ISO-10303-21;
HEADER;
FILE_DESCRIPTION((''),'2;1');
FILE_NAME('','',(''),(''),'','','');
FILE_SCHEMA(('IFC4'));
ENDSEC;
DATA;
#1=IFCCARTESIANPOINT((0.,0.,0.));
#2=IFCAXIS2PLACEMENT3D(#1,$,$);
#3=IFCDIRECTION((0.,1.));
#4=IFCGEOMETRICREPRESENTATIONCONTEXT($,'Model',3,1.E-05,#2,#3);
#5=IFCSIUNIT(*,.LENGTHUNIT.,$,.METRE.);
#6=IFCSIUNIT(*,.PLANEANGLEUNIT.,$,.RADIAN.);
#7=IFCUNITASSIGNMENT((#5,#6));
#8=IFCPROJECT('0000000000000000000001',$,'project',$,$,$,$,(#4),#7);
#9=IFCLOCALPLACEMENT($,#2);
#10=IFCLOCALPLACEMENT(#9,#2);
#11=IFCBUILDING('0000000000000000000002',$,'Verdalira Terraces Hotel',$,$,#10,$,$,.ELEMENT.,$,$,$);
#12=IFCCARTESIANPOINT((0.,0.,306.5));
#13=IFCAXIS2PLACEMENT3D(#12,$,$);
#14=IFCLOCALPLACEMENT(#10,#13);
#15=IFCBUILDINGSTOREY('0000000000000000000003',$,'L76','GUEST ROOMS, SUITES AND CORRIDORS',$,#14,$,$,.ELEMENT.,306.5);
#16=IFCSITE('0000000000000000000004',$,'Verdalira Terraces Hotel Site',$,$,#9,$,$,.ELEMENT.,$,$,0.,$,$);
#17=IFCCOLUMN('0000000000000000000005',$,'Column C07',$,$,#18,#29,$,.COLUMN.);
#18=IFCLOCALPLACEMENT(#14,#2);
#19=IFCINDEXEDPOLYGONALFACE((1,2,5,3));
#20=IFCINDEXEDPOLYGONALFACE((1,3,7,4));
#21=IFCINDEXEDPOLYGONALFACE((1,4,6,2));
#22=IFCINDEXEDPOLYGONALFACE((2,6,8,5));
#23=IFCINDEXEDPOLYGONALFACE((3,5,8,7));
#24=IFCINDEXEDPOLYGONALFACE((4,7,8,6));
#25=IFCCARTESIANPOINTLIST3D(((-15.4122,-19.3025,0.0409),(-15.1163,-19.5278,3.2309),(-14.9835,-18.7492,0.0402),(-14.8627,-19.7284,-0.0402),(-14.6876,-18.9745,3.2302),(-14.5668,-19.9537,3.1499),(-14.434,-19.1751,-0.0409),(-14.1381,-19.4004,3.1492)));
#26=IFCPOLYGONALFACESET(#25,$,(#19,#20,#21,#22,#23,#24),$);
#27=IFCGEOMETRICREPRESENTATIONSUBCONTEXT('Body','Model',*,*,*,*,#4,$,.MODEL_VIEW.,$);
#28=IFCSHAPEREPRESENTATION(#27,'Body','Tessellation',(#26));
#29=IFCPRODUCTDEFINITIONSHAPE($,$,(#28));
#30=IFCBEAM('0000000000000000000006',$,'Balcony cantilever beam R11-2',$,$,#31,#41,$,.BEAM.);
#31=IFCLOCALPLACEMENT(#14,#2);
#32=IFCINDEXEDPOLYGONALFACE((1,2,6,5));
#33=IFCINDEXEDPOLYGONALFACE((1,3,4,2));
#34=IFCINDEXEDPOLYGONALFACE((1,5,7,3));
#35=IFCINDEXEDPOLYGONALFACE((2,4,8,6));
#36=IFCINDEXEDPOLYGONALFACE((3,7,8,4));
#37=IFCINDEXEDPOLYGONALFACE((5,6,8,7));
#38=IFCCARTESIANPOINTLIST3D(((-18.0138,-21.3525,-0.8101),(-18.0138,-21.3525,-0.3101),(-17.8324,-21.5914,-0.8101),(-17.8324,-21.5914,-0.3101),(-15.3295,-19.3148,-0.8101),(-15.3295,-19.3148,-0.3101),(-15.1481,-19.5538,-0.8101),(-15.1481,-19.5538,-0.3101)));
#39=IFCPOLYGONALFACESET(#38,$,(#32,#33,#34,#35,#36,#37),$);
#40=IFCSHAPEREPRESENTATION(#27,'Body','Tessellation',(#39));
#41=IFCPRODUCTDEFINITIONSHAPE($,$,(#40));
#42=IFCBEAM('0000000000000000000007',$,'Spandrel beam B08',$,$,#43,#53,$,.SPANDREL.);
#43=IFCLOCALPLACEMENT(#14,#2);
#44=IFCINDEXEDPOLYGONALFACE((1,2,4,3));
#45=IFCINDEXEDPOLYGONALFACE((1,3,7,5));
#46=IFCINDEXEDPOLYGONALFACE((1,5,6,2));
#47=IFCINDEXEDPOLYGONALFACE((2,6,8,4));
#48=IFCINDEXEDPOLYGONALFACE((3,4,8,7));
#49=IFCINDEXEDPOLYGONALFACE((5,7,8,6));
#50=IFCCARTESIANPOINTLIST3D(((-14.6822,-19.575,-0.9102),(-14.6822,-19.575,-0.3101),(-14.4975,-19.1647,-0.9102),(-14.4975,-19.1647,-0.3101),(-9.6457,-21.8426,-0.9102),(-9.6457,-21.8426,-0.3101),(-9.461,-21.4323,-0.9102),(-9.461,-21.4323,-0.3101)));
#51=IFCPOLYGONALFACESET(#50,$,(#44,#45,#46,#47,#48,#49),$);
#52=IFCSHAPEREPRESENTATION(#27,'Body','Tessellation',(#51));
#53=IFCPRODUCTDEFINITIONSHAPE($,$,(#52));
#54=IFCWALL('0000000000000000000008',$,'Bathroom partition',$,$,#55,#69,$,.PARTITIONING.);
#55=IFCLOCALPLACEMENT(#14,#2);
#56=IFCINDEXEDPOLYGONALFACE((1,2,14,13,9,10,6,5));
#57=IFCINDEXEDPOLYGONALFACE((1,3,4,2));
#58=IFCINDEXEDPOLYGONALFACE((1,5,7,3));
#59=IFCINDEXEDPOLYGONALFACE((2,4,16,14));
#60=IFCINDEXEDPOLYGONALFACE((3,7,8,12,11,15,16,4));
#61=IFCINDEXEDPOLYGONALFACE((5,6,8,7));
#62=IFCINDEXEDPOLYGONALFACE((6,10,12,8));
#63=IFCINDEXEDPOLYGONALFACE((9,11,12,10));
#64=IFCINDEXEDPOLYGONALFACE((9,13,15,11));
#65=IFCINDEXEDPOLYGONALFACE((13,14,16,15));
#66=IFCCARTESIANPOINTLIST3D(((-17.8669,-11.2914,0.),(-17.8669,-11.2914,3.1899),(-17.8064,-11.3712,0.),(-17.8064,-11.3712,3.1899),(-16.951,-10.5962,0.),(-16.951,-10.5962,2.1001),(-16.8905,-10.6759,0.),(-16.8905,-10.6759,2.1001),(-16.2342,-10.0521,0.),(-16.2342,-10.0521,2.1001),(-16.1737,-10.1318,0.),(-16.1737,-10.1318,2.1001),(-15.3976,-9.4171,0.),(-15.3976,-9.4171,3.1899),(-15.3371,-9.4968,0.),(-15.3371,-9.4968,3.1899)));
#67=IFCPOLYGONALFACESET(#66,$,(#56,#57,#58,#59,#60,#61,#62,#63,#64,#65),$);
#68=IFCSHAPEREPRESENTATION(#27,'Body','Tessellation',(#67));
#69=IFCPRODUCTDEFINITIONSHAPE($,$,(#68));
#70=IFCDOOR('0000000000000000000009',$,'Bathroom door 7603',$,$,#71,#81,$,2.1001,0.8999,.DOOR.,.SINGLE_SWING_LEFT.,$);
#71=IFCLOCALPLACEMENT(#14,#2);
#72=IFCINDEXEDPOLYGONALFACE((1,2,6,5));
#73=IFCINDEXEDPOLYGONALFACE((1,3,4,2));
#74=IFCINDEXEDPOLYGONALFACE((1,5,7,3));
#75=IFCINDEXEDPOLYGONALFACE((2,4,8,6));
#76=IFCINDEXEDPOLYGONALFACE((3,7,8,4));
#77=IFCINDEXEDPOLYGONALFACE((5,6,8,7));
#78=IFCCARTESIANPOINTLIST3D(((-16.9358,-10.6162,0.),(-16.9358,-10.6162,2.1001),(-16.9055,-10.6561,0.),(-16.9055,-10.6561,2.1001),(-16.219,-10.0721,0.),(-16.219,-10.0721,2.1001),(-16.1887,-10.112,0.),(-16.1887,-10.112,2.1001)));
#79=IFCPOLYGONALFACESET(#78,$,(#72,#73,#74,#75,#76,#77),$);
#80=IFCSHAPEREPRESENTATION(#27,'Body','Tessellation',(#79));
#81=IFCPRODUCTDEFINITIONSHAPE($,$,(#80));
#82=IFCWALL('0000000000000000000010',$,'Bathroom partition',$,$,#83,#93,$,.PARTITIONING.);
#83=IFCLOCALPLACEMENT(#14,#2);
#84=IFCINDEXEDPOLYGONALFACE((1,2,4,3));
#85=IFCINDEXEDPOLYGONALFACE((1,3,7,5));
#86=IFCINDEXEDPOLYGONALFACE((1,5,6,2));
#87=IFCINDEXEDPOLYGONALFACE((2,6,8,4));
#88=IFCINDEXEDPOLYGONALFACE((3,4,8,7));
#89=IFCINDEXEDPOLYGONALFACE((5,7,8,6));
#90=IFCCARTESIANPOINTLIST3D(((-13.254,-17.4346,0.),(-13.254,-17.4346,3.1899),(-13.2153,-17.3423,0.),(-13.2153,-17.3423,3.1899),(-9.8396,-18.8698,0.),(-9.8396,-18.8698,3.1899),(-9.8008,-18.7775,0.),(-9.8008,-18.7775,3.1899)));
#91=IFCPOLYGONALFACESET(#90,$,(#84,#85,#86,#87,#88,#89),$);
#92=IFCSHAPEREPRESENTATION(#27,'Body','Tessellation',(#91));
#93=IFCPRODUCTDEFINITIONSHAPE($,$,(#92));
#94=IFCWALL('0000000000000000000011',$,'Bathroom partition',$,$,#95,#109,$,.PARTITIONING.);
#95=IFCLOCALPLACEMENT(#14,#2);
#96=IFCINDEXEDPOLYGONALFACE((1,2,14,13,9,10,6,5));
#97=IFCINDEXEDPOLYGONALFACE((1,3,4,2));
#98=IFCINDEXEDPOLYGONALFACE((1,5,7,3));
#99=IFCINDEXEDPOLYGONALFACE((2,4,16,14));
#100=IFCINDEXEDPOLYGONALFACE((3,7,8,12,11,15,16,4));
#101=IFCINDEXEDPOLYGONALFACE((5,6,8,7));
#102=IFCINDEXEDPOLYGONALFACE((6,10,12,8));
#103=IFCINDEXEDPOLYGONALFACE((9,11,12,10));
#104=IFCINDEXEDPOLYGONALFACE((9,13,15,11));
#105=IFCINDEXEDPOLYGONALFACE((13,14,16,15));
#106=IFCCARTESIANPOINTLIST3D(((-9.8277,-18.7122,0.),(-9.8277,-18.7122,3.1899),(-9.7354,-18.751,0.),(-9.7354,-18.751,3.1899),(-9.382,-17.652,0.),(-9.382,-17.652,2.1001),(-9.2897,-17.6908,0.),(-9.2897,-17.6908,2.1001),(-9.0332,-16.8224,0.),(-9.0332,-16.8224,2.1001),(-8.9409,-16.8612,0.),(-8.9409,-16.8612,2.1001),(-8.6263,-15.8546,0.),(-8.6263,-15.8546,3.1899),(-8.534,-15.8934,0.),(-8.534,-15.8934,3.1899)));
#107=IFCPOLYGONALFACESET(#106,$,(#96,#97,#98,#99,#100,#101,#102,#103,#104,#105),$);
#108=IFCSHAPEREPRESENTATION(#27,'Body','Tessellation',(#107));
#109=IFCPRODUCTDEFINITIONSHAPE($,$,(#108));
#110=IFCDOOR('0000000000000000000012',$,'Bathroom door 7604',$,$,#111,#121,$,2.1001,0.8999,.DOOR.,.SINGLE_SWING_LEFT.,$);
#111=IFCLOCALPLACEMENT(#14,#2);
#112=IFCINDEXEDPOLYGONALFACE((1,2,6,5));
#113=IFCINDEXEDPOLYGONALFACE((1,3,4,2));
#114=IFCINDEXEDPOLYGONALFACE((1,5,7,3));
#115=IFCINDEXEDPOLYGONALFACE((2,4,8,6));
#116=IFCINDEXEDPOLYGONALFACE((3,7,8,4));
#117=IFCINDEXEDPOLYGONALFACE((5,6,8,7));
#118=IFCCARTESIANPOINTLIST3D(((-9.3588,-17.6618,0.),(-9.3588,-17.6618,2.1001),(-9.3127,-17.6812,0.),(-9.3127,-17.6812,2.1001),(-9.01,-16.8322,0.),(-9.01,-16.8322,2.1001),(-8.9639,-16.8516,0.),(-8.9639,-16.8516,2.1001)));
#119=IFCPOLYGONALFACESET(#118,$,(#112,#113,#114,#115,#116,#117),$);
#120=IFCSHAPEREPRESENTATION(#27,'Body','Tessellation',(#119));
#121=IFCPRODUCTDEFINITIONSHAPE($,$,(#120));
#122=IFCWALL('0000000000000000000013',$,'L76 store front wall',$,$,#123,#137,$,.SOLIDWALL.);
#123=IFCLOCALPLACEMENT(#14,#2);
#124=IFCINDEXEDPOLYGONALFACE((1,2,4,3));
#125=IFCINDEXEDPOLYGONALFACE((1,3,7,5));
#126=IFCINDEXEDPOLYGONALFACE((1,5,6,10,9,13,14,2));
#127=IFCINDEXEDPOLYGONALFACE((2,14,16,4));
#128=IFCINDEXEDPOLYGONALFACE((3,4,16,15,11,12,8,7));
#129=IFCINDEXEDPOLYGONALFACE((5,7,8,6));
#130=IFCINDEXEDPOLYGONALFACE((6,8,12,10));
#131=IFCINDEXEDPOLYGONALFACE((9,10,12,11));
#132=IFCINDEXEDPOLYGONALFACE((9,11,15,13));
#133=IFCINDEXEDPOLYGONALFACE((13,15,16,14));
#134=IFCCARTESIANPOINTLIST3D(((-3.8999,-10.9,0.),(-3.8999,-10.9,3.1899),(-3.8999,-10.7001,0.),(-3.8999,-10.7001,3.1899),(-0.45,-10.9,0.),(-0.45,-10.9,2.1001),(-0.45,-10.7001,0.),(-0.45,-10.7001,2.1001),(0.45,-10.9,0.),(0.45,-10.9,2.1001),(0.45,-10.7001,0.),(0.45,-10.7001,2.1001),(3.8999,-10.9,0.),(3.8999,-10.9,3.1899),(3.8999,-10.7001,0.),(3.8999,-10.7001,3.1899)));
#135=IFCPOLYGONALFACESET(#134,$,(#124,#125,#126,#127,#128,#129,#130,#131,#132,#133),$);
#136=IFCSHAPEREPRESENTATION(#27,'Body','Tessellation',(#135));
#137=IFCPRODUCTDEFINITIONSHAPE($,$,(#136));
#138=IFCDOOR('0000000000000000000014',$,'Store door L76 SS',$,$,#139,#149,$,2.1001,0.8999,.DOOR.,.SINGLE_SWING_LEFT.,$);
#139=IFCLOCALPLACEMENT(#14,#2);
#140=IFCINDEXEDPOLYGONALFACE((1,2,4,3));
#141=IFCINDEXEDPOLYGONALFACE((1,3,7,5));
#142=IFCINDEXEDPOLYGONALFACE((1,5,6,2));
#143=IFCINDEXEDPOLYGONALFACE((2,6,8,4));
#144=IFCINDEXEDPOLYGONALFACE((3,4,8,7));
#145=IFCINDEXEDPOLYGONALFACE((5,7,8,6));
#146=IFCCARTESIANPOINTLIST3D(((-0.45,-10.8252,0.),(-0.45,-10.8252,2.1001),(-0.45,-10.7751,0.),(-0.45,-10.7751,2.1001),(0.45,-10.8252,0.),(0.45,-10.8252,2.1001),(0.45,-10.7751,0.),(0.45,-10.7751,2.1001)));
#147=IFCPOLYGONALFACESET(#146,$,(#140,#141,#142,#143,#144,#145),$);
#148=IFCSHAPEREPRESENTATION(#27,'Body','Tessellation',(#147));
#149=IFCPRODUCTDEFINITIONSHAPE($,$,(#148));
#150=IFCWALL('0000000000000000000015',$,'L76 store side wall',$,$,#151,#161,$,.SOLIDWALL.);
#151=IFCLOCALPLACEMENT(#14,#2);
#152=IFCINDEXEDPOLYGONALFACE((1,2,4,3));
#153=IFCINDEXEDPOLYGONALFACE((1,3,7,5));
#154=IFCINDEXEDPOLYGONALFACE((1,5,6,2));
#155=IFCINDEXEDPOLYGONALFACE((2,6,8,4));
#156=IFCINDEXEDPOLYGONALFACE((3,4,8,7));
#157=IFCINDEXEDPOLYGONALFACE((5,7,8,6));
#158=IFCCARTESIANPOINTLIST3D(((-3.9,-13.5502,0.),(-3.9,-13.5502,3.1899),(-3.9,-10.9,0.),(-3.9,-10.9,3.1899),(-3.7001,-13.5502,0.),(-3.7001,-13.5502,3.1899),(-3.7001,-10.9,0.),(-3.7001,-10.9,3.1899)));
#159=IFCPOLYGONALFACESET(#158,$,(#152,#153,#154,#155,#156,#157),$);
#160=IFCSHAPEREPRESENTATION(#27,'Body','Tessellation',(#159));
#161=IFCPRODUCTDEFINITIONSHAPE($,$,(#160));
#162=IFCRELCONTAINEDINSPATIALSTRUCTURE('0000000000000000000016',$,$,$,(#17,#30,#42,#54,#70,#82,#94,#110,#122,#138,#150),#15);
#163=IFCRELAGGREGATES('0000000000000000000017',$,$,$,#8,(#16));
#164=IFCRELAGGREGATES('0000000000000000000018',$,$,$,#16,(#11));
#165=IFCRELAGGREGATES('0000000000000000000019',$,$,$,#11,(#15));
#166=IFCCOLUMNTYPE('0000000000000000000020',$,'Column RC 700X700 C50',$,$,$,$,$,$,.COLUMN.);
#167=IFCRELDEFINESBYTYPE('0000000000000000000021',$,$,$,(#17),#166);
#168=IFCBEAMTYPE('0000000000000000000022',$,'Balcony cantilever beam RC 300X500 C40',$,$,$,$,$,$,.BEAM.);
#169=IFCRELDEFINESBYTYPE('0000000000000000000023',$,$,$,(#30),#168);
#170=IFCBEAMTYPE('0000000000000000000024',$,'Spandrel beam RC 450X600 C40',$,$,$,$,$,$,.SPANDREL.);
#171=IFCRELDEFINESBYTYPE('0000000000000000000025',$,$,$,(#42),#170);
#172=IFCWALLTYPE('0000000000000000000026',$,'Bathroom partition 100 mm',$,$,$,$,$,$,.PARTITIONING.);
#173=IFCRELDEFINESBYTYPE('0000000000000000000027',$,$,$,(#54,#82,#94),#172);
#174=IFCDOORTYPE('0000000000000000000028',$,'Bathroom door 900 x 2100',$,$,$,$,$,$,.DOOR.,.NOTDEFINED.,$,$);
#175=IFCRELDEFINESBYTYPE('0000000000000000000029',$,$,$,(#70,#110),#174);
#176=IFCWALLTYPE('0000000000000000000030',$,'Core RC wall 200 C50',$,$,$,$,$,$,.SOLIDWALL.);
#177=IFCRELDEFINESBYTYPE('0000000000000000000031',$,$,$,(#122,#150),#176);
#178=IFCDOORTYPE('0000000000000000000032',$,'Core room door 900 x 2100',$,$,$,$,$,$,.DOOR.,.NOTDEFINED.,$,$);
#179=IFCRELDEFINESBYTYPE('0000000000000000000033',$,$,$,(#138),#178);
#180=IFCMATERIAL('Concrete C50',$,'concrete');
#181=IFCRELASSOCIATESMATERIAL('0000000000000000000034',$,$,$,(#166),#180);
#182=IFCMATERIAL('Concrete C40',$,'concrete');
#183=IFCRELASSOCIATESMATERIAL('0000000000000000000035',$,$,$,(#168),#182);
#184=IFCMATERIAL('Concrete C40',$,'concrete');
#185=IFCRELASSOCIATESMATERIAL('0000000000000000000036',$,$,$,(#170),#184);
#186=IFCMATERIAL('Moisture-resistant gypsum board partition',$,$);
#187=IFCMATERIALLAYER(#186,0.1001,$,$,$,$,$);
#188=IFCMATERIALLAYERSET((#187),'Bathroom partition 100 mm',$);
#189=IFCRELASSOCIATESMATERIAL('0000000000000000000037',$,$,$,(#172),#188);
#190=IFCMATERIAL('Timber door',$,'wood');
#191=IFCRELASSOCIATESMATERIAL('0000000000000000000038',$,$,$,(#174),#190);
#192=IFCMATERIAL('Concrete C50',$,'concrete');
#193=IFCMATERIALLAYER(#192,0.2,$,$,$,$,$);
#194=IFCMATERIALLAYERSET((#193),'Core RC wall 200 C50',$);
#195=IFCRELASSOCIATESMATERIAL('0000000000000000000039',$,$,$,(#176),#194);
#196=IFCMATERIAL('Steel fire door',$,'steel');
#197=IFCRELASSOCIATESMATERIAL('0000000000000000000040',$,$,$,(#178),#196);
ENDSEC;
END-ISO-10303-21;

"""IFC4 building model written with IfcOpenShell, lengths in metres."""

from ifc_helpers import new_model, si_unit, direction, frame, frame_2d, origin, origin_2d, place, context, subcontext, project, spatial, rectangle, extrude, material, layer, layer_set, material_profile, profile_set, type_object, element, fill, save


model = new_model("IFC4")

# Units and contexts
model_context = context("Model", 3, precision=1e-05, world=origin(), true_north=direction((0.0, 1.0)))
body_context = subcontext(model_context, "Body", "Model", "MODEL_VIEW")
ifc_project = project(units=[si_unit("LENGTHUNIT", "METRE"), si_unit("PLANEANGLEUNIT", "RADIAN")], contexts=[model_context])

# Site, building, storey
site_placement = place(None, origin())
site = spatial("IfcSite", under=ifc_project, at=site_placement, Name="Verdalira Terraces Hotel Site", CompositionType="ELEMENT", RefElevation=0.0)
building_placement = place(site_placement, origin())
building = spatial("IfcBuilding", under=site, at=building_placement, Name="Verdalira Terraces Hotel", CompositionType="ELEMENT")
storey_placement = place(building_placement, frame((0.0, 0.0, 306.5)))
storey = spatial("IfcBuildingStorey", under=building, at=storey_placement, Name="L76", Description="GUEST ROOMS, SUITES AND CORRIDORS", CompositionType="ELEMENT", Elevation=306.5)

# Column
ifc_material_1 = material(Name="Concrete C50", Category="concrete")
ifc_material_profile_1 = material_profile(ifc_material_1, rectangle(XDim=0.7, YDim=0.7, at=origin_2d()), Name="RC 700X700")
ifc_profile_set_1 = profile_set([ifc_material_profile_1], Name="Concrete C50")
column_type = type_object("IfcColumnType", Name="Column RC 700X700 C50", PredefinedType="COLUMN", material=ifc_profile_set_1)
column_placement = place(storey_placement, frame((-14.9231, -19.2388, 0.0), z_axis=(0.092136, -0.070166, 0.993271), x_axis=(-0.785077, 0.608476, 0.115807)))
element("IfcColumn", 1, at=column_placement, inside=storey, type_object=column_type, Name="Column C07", PredefinedType="COLUMN", context=body_context, shape_type="SweptSolid", body=[
    extrude(rectangle(XDim=0.7, YDim=0.7, at=origin_2d()), origin(), (0.0, 0.0, 1.0), 3.2117),
])

# Beams
ifc_material_2 = material(Name="Concrete C40", Category="concrete")
ifc_material_profile_2 = material_profile(ifc_material_2, rectangle(XDim=0.3, YDim=0.5, at=origin_2d()), Name="RC 300X500")
ifc_profile_set_2 = profile_set([ifc_material_profile_2], Name="Concrete C40")
beam_type_1 = type_object("IfcBeamType", Name="Balcony cantilever beam RC 300X500 C40", PredefinedType="BEAM", material=ifc_profile_set_2)
beam_1_placement = place(storey_placement, frame((-15.2388, -19.4343, -0.5601), z_axis=(-0.796518, -0.604615, 0.0), x_axis=(0.604615, -0.796518, 0.0)))
element("IfcBeam", 2, at=beam_1_placement, inside=storey, type_object=beam_type_1, Name="Balcony cantilever beam R11-2", PredefinedType="BEAM", context=body_context, shape_type="SweptSolid", body=[
    extrude(rectangle(XDim=0.3, YDim=0.5, at=origin_2d()), origin(), (0.0, 0.0, 1.0), 3.3701),
])
ifc_material_3 = material(Name="Concrete C40", Category="concrete")
ifc_material_profile_3 = material_profile(ifc_material_3, rectangle(XDim=0.45, YDim=0.6001, at=origin_2d()), Name="RC 450X600")
ifc_profile_set_3 = profile_set([ifc_material_profile_3], Name="Concrete C40")
beam_type_2 = type_object("IfcBeamType", Name="Spandrel beam RC 450X600 C40", PredefinedType="SPANDREL", material=ifc_profile_set_3)
beam_2_placement = place(storey_placement, frame((-14.5898, -19.3699, -0.6101), z_axis=(0.911847, -0.41053, 0.0), x_axis=(0.41053, 0.911847, 0.0)))
element("IfcBeam", 3, at=beam_2_placement, inside=storey, type_object=beam_type_2, Name="Spandrel beam B08", PredefinedType="SPANDREL", context=body_context, shape_type="SweptSolid", body=[
    extrude(rectangle(XDim=0.45, YDim=0.6001, at=origin_2d()), origin(), (0.0, 0.0, 1.0), 5.5234),
])

# Wall, opening, door
ifc_material_4 = material(Name="Moisture-resistant gypsum board partition")
ifc_layer_1 = layer(ifc_material_4, 0.1001)
ifc_layer_set_1 = layer_set([ifc_layer_1], Name="Bathroom partition 100 mm")
wall_type_1 = type_object("IfcWallType", Name="Bathroom partition 100 mm", PredefinedType="PARTITIONING", material=ifc_layer_set_1)
wall_1_placement = place(storey_placement, frame((-17.8367, -11.3313, 0.0), z_axis=(0.0, 0.0, 1.0), x_axis=(0.796528, 0.604602, 0.0)))
wall_1 = element("IfcWall", 4, at=wall_1_placement, inside=storey, type_object=wall_type_1, Name="Bathroom partition", PredefinedType="PARTITIONING", context=body_context, shape_type="SweptSolid", body=[
    extrude(rectangle(XDim=3.1001, YDim=0.1001, at=frame_2d((1.55, 0.0))), origin(), (0.0, 0.0, 1.0), 3.1899),
])
opening_1_placement = place(wall_1_placement, frame((1.1499, 0.0, 0.0)))
opening_1 = element("IfcOpeningElement", 5, at=opening_1_placement, cuts=wall_1, PredefinedType="OPENING", context=body_context, shape_type="SweptSolid", body=[
    extrude(rectangle(XDim=0.8999, YDim=2.1001, at=frame_2d((0.45, 1.05))), frame((0.0, 0.0601, 0.0), z_axis=(0.0, -1.0, 0.0), x_axis=(1.0, 0.0, 0.0)), (0.0, 0.0, 1.0), 0.1201),
])
ifc_material_5 = material(Name="Timber door", Category="wood")
door_type_1 = type_object("IfcDoorType", Name="Bathroom door 900 x 2100", OperationType="NOTDEFINED", PredefinedType="DOOR", material=ifc_material_5)
door_1_placement = place(opening_1_placement, origin())
door_1 = element("IfcDoor", 6, at=door_1_placement, inside=storey, type_object=door_type_1, Name="Bathroom door 7603", OperationType="SINGLE_SWING_LEFT", OverallHeight=2.1001, OverallWidth=0.8999, PredefinedType="DOOR", context=body_context, shape_type="SweptSolid", body=[
    extrude(rectangle(XDim=0.8999, YDim=2.1001, at=frame_2d((0.45, 1.05))), frame((0.0, 0.0249, 0.0), z_axis=(0.0, -1.0, 0.0), x_axis=(1.0, 0.0, 0.0)), (0.0, 0.0, 1.0), 0.05),
])
fill(opening_1, door_1)

# Wall
wall_2_placement = place(storey_placement, frame((-9.8201, -18.8237, 0.0), z_axis=(0.0, 0.0, 1.0), x_axis=(-0.921867, 0.387506, 0.0)))
element("IfcWall", 7, at=wall_2_placement, inside=storey, type_object=wall_type_1, Name="Bathroom partition", PredefinedType="PARTITIONING", context=body_context, shape_type="SweptSolid", body=[
    extrude(rectangle(XDim=3.7039, YDim=0.1001, at=frame_2d((1.8521, 0.0))), origin(), (0.0, 0.0, 1.0), 3.1899),
])

# Walls, openings, doors
wall_3_placement = place(storey_placement, frame((-9.7815, -18.7314, 0.0), z_axis=(0.0, 0.0, 1.0), x_axis=(0.38756, 0.921844, 0.0)))
wall_3 = element("IfcWall", 8, at=wall_3_placement, inside=storey, type_object=wall_type_1, Name="Bathroom partition", PredefinedType="PARTITIONING", context=body_context, shape_type="SweptSolid", body=[
    extrude(rectangle(XDim=3.0999, YDim=0.1001, at=frame_2d((1.5498, 0.0))), origin(), (0.0, 0.0, 1.0), 3.1899),
])
opening_2_placement = place(wall_3_placement, frame((1.1499, 0.0, 0.0)))
opening_2 = element("IfcOpeningElement", 9, at=opening_2_placement, cuts=wall_3, PredefinedType="OPENING", context=body_context, shape_type="SweptSolid", body=[
    extrude(rectangle(XDim=0.8999, YDim=2.1001, at=frame_2d((0.45, 1.05))), frame((0.0, 0.0601, 0.0), z_axis=(0.0, -1.0, 0.0), x_axis=(1.0, 0.0, 0.0)), (0.0, 0.0, 1.0), 0.1201),
])
door_2_placement = place(opening_2_placement, origin())
door_2 = element("IfcDoor", 10, at=door_2_placement, inside=storey, type_object=door_type_1, Name="Bathroom door 7604", OperationType="SINGLE_SWING_LEFT", OverallHeight=2.1001, OverallWidth=0.8999, PredefinedType="DOOR", context=body_context, shape_type="SweptSolid", body=[
    extrude(rectangle(XDim=0.8999, YDim=2.1001, at=frame_2d((0.45, 1.05))), frame((0.0, 0.0249, 0.0), z_axis=(0.0, -1.0, 0.0), x_axis=(1.0, 0.0, 0.0)), (0.0, 0.0, 1.0), 0.05),
])
fill(opening_2, door_2)
ifc_material_6 = material(Name="Concrete C50", Category="concrete")
ifc_layer_2 = layer(ifc_material_6, 0.2)
ifc_layer_set_2 = layer_set([ifc_layer_2], Name="Core RC wall 200 C50")
wall_type_2 = type_object("IfcWallType", Name="Core RC wall 200 C50", PredefinedType="SOLIDWALL", material=ifc_layer_set_2)
wall_4_placement = place(storey_placement, frame((-3.8999, -10.8, 0.0), z_axis=(0.0, 0.0, 1.0), x_axis=(1.0, 0.0, 0.0)))
wall_4 = element("IfcWall", 11, at=wall_4_placement, inside=storey, type_object=wall_type_2, Name="L76 store front wall", PredefinedType="SOLIDWALL", context=body_context, shape_type="SweptSolid", body=[
    extrude(rectangle(XDim=7.7998, YDim=0.2, at=frame_2d((3.8999, 0.0))), origin(), (0.0, 0.0, 1.0), 3.1899),
])
opening_3_placement = place(wall_4_placement, frame((3.45, 0.0, 0.0)))
opening_3 = element("IfcOpeningElement", 12, at=opening_3_placement, cuts=wall_4, PredefinedType="OPENING", context=body_context, shape_type="SweptSolid", body=[
    extrude(rectangle(XDim=0.8999, YDim=2.1001, at=frame_2d((0.45, 1.05))), frame((0.0, 0.1099, 0.0), z_axis=(0.0, -1.0, 0.0), x_axis=(1.0, 0.0, 0.0)), (0.0, 0.0, 1.0), 0.22),
])
ifc_material_7 = material(Name="Steel fire door", Category="steel")
door_type_2 = type_object("IfcDoorType", Name="Core room door 900 x 2100", OperationType="NOTDEFINED", PredefinedType="DOOR", material=ifc_material_7)
door_3_placement = place(opening_3_placement, origin())
door_3 = element("IfcDoor", 13, at=door_3_placement, inside=storey, type_object=door_type_2, Name="Store door L76 SS", OperationType="SINGLE_SWING_LEFT", OverallHeight=2.1001, OverallWidth=0.8999, PredefinedType="DOOR", context=body_context, shape_type="SweptSolid", body=[
    extrude(rectangle(XDim=0.8999, YDim=2.1001, at=frame_2d((0.45, 1.05))), frame((0.0, 0.0249, 0.0), z_axis=(0.0, -1.0, 0.0), x_axis=(1.0, 0.0, 0.0)), (0.0, 0.0, 1.0), 0.05),
])
fill(opening_3, door_3)

# Wall
wall_5_placement = place(storey_placement, frame((-3.8, -10.8999, 0.0), z_axis=(0.0, 0.0, 1.0), x_axis=(0.0, -1.0, 0.0)))
element("IfcWall", 14, at=wall_5_placement, inside=storey, type_object=wall_type_2, Name="L76 store side wall", PredefinedType="SOLIDWALL", context=body_context, shape_type="SweptSolid", body=[
    extrude(rectangle(XDim=2.6501, YDim=0.2, at=frame_2d((1.3252, 0.0))), origin(), (0.0, 0.0, 1.0), 3.1899),
])

save(model, "model.ifc")
